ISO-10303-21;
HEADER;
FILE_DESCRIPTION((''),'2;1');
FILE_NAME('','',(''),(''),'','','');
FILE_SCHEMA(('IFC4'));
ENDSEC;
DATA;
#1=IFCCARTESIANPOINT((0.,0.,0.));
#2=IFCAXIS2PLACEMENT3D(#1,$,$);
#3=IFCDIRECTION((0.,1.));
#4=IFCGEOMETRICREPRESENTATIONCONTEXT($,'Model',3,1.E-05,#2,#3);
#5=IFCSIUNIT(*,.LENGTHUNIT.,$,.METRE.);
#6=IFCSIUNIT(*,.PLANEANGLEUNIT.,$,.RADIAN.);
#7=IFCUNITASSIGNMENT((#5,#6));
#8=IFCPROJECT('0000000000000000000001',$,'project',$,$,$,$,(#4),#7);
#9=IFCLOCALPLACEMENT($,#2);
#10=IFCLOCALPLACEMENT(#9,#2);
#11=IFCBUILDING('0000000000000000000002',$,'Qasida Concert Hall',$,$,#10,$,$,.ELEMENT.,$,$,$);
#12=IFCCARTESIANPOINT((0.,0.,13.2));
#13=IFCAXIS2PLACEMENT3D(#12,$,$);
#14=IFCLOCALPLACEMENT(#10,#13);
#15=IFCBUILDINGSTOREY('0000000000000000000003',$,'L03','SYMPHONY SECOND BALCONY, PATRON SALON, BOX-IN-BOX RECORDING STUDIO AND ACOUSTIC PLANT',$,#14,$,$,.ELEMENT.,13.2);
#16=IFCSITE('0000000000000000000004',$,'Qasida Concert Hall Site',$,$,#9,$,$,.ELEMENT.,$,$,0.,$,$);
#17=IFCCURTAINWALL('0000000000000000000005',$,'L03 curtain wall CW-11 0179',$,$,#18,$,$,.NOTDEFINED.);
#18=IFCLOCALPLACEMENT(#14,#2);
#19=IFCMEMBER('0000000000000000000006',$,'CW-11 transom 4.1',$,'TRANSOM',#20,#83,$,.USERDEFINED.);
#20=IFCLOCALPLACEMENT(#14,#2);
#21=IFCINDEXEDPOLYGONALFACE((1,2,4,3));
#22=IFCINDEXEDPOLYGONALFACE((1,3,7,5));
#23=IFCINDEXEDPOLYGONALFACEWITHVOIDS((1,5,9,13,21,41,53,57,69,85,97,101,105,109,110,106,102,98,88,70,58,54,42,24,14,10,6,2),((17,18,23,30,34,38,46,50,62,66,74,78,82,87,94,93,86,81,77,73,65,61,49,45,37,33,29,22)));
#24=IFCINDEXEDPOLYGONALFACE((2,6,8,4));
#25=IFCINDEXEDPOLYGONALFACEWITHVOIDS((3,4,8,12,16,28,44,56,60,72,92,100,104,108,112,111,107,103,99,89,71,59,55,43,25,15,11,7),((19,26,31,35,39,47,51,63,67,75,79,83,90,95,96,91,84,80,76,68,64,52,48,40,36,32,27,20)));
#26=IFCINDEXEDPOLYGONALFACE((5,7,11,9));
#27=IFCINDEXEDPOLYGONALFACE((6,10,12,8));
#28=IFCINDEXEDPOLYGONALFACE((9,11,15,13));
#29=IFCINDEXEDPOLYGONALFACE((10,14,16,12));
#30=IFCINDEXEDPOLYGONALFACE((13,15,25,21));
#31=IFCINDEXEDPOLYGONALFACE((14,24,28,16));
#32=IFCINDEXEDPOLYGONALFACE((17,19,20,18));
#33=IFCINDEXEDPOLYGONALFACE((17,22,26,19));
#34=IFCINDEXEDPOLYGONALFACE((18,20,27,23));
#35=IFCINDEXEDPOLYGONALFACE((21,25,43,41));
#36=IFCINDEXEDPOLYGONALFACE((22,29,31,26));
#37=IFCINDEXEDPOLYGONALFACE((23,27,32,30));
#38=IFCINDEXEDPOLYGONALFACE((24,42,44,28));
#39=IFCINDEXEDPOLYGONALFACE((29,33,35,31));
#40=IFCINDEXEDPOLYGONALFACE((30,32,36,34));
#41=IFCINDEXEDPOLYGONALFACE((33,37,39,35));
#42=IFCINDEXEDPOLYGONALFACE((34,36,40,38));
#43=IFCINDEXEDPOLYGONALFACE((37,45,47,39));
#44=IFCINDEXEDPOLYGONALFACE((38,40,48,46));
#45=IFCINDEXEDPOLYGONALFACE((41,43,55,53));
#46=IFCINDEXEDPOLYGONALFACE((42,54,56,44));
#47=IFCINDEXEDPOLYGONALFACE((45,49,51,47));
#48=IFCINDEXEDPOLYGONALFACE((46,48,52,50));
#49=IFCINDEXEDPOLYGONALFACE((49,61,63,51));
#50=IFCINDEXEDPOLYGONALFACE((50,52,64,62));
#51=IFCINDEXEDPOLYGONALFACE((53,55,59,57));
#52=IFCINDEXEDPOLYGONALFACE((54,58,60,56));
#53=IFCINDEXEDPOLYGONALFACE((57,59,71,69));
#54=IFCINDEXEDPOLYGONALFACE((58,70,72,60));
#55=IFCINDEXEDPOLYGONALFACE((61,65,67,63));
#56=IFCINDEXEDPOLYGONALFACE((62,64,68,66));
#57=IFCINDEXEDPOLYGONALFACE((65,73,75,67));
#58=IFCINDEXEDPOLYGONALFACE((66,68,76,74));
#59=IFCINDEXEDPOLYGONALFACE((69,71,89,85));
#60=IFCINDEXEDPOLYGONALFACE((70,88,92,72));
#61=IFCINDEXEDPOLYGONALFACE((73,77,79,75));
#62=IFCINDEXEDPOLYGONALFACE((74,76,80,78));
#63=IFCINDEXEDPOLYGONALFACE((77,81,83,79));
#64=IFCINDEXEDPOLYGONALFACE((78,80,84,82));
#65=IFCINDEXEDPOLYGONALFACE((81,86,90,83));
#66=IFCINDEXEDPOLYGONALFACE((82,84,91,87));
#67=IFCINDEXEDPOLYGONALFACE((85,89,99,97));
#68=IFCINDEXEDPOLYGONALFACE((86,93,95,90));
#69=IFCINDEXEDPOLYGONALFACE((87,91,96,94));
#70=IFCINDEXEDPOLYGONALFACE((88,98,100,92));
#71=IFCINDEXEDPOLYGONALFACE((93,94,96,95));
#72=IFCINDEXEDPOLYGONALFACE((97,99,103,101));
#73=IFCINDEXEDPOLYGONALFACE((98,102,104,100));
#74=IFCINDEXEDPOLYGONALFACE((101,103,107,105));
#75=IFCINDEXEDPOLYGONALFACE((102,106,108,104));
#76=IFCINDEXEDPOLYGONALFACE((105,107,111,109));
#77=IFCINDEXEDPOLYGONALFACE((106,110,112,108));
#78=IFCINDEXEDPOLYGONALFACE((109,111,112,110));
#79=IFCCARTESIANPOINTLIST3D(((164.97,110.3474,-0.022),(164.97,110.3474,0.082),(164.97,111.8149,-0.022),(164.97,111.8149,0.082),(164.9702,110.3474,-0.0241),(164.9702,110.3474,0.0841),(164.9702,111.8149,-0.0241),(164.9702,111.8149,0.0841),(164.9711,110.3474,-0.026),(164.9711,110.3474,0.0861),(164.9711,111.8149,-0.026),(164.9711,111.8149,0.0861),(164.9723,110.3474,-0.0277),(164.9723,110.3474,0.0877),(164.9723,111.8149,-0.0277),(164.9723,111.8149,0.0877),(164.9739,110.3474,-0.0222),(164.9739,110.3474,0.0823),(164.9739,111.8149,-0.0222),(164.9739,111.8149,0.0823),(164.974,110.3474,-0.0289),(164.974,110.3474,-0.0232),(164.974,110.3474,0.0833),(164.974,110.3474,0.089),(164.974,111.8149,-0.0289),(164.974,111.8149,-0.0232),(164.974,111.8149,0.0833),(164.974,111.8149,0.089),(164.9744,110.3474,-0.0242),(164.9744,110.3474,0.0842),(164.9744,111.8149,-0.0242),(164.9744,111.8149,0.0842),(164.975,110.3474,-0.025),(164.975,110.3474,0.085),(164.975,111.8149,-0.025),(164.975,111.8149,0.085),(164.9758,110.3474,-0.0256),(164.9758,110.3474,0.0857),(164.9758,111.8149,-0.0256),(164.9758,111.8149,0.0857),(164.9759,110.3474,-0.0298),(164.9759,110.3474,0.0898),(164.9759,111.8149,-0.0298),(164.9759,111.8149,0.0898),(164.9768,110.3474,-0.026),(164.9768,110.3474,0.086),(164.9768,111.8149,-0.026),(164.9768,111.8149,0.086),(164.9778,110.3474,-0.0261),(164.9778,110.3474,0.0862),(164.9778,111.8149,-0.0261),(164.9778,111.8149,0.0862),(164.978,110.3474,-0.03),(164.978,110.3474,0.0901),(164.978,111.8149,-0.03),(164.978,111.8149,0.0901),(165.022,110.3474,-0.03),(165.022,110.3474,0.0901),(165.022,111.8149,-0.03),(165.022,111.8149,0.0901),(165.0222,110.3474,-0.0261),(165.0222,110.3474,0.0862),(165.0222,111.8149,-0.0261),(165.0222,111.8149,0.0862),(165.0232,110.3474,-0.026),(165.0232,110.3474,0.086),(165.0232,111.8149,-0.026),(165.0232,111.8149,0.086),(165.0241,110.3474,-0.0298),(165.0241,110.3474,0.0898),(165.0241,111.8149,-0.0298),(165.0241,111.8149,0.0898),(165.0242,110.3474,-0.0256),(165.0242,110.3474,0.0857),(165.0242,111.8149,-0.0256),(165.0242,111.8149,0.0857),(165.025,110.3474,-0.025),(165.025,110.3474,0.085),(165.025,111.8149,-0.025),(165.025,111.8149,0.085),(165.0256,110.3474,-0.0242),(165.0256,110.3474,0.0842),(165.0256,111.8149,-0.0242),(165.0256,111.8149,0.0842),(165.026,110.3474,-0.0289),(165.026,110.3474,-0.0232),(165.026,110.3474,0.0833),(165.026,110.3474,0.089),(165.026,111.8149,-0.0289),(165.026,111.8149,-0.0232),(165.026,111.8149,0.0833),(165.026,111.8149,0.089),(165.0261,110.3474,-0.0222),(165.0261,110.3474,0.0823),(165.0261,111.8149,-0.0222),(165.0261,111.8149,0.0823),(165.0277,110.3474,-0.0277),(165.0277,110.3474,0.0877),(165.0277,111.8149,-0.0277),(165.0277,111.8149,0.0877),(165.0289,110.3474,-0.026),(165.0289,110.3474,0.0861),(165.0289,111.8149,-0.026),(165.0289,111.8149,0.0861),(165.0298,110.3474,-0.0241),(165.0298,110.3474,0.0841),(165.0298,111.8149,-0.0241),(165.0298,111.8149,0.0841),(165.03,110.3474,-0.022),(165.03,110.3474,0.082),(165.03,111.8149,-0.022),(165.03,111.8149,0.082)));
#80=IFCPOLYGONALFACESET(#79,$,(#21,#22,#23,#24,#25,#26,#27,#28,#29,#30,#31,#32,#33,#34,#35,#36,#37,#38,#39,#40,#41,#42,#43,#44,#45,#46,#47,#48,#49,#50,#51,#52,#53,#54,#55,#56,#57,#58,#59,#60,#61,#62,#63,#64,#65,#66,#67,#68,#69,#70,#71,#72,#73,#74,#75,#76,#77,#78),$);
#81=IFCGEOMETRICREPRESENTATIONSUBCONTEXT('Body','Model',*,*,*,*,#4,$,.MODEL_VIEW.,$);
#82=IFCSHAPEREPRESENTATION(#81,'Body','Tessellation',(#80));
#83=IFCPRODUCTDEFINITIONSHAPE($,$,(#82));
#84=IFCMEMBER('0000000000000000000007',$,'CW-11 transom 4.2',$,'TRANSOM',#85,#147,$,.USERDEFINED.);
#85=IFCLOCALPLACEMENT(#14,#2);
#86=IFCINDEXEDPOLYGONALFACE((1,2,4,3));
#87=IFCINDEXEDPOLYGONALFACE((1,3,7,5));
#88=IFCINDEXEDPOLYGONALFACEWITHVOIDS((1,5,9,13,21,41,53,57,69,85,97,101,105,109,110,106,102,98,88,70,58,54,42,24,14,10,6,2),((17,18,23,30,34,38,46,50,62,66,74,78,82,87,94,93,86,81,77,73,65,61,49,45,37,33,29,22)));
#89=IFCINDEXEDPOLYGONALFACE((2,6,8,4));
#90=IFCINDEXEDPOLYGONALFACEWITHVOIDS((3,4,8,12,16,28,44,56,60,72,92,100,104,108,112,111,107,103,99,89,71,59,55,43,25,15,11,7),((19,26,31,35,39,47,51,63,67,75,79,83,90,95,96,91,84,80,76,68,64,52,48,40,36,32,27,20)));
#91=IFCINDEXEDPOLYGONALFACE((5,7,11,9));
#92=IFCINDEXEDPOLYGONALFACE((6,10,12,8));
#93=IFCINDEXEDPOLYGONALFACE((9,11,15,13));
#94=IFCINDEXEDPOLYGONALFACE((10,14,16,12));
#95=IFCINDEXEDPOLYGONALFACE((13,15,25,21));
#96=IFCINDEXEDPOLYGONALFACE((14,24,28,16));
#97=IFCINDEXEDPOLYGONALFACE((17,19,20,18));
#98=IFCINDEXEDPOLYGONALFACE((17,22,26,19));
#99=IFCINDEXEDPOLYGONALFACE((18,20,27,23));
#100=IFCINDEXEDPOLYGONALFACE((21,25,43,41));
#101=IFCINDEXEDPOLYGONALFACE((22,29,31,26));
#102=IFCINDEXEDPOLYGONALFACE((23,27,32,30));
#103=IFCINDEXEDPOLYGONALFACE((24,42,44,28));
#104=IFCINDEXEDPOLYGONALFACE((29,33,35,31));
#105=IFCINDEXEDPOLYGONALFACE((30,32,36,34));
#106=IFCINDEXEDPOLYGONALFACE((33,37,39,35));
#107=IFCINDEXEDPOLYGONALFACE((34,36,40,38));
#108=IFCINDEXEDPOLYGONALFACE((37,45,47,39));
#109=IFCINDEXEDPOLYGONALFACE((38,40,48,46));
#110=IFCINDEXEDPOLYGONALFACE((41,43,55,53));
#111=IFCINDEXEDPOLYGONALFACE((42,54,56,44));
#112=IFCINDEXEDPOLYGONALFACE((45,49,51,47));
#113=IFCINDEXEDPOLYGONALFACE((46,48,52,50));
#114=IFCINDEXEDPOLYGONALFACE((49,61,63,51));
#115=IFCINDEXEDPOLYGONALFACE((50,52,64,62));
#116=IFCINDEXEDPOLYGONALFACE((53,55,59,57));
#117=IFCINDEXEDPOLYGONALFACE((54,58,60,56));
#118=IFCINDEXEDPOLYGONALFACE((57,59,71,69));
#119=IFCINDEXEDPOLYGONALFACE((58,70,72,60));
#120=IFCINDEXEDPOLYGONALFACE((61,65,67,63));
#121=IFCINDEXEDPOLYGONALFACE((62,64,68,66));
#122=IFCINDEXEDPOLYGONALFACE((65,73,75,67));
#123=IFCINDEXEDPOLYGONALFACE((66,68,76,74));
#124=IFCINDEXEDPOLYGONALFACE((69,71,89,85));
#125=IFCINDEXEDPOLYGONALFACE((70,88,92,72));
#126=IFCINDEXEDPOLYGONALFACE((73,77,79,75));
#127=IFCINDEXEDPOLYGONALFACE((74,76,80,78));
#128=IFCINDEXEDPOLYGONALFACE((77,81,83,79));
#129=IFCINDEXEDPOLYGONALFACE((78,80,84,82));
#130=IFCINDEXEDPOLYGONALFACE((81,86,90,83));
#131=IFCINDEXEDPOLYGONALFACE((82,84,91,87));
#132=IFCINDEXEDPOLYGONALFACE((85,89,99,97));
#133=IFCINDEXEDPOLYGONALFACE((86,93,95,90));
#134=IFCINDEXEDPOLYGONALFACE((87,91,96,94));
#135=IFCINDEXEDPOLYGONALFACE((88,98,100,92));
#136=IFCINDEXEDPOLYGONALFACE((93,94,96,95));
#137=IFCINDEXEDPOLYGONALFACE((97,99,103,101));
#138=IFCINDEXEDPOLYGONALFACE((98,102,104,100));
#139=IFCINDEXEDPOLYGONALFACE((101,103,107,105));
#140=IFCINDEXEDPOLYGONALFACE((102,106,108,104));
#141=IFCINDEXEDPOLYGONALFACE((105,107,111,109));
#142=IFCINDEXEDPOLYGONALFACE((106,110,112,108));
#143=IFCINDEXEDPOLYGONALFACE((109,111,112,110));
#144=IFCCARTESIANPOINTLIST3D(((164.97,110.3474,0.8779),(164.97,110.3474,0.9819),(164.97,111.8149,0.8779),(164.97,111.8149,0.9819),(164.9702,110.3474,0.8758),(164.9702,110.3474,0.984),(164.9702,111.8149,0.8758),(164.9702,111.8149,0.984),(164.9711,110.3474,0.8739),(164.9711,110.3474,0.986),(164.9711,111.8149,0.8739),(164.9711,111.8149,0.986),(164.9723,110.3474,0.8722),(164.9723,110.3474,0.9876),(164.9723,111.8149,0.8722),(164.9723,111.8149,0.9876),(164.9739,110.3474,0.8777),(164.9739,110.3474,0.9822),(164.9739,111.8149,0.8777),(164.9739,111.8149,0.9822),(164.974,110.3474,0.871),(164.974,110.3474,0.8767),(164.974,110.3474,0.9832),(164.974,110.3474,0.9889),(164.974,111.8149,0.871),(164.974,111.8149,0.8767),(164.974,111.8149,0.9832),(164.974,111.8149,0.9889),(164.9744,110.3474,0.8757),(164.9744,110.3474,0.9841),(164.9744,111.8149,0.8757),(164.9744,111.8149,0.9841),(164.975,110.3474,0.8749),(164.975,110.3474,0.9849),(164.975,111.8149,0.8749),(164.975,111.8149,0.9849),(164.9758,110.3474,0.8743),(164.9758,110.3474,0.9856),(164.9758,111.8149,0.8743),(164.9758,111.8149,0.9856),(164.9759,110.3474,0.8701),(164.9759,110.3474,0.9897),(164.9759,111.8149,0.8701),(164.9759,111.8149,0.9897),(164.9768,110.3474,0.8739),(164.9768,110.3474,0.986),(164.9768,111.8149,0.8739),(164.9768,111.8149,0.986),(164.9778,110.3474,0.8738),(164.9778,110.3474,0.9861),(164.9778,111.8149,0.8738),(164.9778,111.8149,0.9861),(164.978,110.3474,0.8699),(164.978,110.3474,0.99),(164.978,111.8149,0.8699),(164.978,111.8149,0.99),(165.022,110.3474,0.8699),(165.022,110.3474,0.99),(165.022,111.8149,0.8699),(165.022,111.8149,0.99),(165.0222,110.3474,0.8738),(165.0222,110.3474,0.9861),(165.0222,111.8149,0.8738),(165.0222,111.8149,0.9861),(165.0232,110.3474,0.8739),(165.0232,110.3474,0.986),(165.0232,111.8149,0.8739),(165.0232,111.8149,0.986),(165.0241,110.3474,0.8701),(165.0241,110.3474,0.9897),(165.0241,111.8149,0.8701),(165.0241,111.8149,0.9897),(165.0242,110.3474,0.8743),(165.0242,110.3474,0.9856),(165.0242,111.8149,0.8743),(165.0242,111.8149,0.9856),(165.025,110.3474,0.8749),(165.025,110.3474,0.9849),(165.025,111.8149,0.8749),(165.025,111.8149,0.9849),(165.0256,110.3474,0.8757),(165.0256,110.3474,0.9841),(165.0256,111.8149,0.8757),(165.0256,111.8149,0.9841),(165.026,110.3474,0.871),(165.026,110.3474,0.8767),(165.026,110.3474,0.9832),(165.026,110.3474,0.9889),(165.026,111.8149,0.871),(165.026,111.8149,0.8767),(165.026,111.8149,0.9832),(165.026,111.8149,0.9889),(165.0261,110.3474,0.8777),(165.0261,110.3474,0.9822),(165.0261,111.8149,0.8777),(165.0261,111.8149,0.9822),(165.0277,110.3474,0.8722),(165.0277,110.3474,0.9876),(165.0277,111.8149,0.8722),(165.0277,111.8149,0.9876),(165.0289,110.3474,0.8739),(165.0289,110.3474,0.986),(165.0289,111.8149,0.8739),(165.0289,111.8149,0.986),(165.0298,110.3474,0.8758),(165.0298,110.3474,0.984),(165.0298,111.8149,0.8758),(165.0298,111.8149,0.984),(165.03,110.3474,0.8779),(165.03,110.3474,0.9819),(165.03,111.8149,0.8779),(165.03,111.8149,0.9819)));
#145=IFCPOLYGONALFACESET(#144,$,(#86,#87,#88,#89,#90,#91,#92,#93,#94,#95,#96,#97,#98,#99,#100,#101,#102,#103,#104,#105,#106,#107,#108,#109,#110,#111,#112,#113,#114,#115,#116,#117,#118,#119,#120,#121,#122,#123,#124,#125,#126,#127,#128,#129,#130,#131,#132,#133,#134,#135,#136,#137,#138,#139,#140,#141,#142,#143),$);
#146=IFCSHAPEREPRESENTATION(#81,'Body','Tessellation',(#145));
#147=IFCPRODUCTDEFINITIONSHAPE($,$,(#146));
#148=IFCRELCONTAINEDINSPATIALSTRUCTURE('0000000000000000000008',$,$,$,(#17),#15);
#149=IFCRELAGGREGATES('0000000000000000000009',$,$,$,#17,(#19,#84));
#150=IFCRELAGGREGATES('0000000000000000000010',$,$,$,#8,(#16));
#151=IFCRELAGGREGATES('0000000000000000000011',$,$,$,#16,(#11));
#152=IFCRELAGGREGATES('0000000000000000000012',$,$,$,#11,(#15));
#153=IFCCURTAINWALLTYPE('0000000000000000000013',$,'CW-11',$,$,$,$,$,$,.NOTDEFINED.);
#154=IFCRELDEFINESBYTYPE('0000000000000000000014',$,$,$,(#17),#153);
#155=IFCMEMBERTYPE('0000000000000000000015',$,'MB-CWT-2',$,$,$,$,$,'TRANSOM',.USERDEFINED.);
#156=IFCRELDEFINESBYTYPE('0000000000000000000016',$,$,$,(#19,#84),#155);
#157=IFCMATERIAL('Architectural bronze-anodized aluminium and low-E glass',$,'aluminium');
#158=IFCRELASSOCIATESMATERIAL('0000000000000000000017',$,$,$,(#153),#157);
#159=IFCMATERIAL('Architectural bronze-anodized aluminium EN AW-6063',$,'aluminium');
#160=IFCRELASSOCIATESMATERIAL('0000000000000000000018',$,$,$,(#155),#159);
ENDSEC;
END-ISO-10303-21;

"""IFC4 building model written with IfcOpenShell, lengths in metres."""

from ifc_helpers import new_model, si_unit, direction, frame, origin, origin_2d, place, context, subcontext, project, spatial, hollow_rectangle, extrude, material, material_profile, profile_set, type_object, element, aggregate, save


model = new_model("IFC4")

# Units and contexts
model_context = context("Model", 3, precision=1e-05, world=origin(), true_north=direction((0.0, 1.0)))
body_context = subcontext(model_context, "Body", "Model", "MODEL_VIEW")
ifc_project = project(units=[si_unit("LENGTHUNIT", "METRE"), si_unit("PLANEANGLEUNIT", "RADIAN")], contexts=[model_context])

# Site, building, storey
site_placement = place(None, origin())
site = spatial("IfcSite", under=ifc_project, at=site_placement, Name="Qasida Concert Hall Site", CompositionType="ELEMENT", RefElevation=0.0)
building_placement = place(site_placement, origin())
building = spatial("IfcBuilding", under=site, at=building_placement, Name="Qasida Concert Hall", CompositionType="ELEMENT")
storey_placement = place(building_placement, frame((0.0, 0.0, 13.2)))
storey = spatial("IfcBuildingStorey", under=building, at=storey_placement, Name="L03", Description="SYMPHONY SECOND BALCONY, PATRON SALON, BOX-IN-BOX RECORDING STUDIO AND ACOUSTIC PLANT", CompositionType="ELEMENT", Elevation=13.2)

# Curtain wall, members
ifc_material_1 = material(Name="Architectural bronze-anodized aluminium and low-E glass", Category="aluminium")
curtain_wall_type = type_object("IfcCurtainWallType", Name="CW-11", PredefinedType="NOTDEFINED", material=ifc_material_1)
curtain_wall_placement = place(storey_placement, origin())
curtain_wall = element("IfcCurtainWall", 1, at=curtain_wall_placement, inside=storey, type_object=curtain_wall_type, Name="L03 curtain wall CW-11 0179", PredefinedType="NOTDEFINED")
ifc_material_2 = material(Name="Architectural bronze-anodized aluminium EN AW-6063", Category="aluminium")
ifc_material_profile_1 = material_profile(ifc_material_2, hollow_rectangle(XDim=0.0601, YDim=0.1201, WallThickness=0.0039, InnerFilletRadius=0.0039, OuterFilletRadius=0.0081, at=origin_2d()), Name="CWT 120x60x4")
ifc_profile_set_1 = profile_set([ifc_material_profile_1], Name="Architectural bronze-anodized aluminium EN AW-6063")
member_type_1 = type_object("IfcMemberType", Name="MB-CWT-2", ElementType="TRANSOM", PredefinedType="USERDEFINED", material=ifc_profile_set_1)
member_1_placement = place(storey_placement, frame((165.0, 110.3474, 0.03), z_axis=(0.0, 1.0, 0.0), x_axis=(-1.0, 0.0, 0.0)))
member_1 = element("IfcMember", 2, at=member_1_placement, type_object=member_type_1, Name="CW-11 transom 4.1", ObjectType="TRANSOM", PredefinedType="USERDEFINED", context=body_context, shape_type="SweptSolid", body=[
    extrude(hollow_rectangle(XDim=0.0601, YDim=0.1201, WallThickness=0.0039, InnerFilletRadius=0.0039, OuterFilletRadius=0.0081, at=origin_2d()), origin(), (0.0, 0.0, 1.0), 1.4675),
])
member_2_placement = place(storey_placement, frame((165.0, 110.3474, 0.9299), z_axis=(0.0, 1.0, 0.0), x_axis=(-1.0, 0.0, 0.0)))
member_2 = element("IfcMember", 3, at=member_2_placement, type_object=member_type_1, Name="CW-11 transom 4.2", ObjectType="TRANSOM", PredefinedType="USERDEFINED", context=body_context, shape_type="SweptSolid", body=[
    extrude(hollow_rectangle(XDim=0.0601, YDim=0.1201, WallThickness=0.0039, InnerFilletRadius=0.0039, OuterFilletRadius=0.0081, at=origin_2d()), origin(), (0.0, 0.0, 1.0), 1.4675),
])
aggregate(curtain_wall, [member_1, member_2])

save(model, "model.ifc")
